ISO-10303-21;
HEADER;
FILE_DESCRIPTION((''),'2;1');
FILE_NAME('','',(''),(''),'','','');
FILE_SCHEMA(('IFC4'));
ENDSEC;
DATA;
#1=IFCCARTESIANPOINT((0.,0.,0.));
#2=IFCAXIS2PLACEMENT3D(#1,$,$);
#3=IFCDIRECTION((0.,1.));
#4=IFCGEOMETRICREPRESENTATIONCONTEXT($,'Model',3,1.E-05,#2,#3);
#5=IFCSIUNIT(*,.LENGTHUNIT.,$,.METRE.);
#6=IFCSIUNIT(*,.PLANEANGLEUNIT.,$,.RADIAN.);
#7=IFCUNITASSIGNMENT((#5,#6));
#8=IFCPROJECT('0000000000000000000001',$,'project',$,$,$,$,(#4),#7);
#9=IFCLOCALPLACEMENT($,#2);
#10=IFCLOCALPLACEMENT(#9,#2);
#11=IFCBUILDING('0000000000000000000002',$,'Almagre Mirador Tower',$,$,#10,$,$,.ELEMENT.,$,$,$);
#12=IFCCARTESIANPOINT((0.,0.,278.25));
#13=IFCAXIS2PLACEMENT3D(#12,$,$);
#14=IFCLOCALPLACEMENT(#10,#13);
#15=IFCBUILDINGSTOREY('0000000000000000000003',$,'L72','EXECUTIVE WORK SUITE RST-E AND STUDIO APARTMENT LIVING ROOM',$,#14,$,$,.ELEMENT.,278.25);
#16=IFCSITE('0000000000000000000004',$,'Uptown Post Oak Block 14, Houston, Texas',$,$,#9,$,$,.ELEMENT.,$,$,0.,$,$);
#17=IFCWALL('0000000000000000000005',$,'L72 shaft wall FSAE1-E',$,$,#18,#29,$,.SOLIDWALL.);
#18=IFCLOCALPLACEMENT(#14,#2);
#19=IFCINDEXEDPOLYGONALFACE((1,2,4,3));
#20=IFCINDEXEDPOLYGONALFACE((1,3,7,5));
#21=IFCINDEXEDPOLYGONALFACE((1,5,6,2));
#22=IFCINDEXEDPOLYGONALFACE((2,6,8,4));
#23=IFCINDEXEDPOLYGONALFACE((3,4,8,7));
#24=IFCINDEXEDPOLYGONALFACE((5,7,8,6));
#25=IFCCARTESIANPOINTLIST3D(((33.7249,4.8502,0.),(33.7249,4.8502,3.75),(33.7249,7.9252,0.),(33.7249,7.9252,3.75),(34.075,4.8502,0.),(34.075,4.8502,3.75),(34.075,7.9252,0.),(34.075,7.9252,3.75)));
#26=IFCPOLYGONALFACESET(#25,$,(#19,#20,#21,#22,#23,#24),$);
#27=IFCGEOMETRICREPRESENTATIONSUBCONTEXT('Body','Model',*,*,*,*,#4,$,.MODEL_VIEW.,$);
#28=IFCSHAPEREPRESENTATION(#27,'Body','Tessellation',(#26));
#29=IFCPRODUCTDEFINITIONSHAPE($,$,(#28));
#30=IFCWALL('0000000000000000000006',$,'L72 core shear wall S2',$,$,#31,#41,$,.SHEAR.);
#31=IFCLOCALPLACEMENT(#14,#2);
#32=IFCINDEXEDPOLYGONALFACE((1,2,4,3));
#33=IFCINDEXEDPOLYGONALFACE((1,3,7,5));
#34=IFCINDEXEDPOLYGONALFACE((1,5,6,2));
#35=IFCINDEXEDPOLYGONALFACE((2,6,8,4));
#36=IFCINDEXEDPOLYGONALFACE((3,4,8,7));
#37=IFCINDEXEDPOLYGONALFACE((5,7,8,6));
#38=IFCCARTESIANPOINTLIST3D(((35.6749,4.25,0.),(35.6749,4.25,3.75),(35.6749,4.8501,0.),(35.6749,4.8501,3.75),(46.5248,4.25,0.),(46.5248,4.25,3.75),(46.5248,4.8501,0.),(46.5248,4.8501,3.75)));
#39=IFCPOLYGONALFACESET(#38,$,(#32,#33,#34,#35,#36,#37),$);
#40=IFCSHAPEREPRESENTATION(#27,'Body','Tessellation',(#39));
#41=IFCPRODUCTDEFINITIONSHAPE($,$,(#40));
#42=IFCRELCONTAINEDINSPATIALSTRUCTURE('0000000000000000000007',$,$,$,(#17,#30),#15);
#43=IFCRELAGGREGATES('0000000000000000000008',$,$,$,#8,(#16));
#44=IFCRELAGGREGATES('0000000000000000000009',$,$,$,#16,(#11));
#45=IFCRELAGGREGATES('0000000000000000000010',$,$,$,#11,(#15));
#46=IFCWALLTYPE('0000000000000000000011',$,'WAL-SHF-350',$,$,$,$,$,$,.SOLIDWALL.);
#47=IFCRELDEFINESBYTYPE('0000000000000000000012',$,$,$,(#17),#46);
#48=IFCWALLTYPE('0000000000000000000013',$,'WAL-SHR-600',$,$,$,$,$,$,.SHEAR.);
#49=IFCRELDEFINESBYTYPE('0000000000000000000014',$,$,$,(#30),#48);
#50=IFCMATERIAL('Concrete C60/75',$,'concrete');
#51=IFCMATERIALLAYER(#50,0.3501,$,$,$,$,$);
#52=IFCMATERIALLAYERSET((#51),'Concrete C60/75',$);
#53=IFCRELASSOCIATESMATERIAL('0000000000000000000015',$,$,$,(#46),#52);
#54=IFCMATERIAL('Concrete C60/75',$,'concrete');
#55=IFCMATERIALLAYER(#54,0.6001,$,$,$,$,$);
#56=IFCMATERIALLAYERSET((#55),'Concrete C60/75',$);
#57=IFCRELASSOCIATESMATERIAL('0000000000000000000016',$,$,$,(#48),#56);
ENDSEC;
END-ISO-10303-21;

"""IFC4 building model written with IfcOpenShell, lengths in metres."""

from ifc_helpers import new_model, si_unit, direction, frame, frame_2d, origin, place, context, subcontext, project, spatial, rectangle, extrude, material, layer, layer_set, type_object, element, save


model = new_model("IFC4")

# Units and contexts
model_context = context("Model", 3, precision=1e-05, world=origin(), true_north=direction((0.0, 1.0)))
body_context = subcontext(model_context, "Body", "Model", "MODEL_VIEW")
ifc_project = project(units=[si_unit("LENGTHUNIT", "METRE"), si_unit("PLANEANGLEUNIT", "RADIAN")], contexts=[model_context])

# Site, building, storey
site_placement = place(None, origin())
site = spatial("IfcSite", under=ifc_project, at=site_placement, Name="Uptown Post Oak Block 14, Houston, Texas", CompositionType="ELEMENT", RefElevation=0.0)
building_placement = place(site_placement, origin())
building = spatial("IfcBuilding", under=site, at=building_placement, Name="Almagre Mirador Tower", CompositionType="ELEMENT")
storey_placement = place(building_placement, frame((0.0, 0.0, 278.25)))
storey = spatial("IfcBuildingStorey", under=building, at=storey_placement, Name="L72", Description="EXECUTIVE WORK SUITE RST-E AND STUDIO APARTMENT LIVING ROOM", CompositionType="ELEMENT", Elevation=278.25)

# Shared definitions
ifc_material_1 = material(Name="Concrete C60/75", Category="concrete")
ifc_layer_1 = layer(ifc_material_1, 0.3501)
ifc_layer_set_1 = layer_set([ifc_layer_1], Name="Concrete C60/75")
wall_type_1 = type_object("IfcWallType", Name="WAL-SHF-350", PredefinedType="SOLIDWALL", material=ifc_layer_set_1)

# Walls
wall_1_placement = place(storey_placement, frame((33.8999, 4.8501, 0.0), z_axis=(0.0, 0.0, 1.0), x_axis=(0.0, 1.0, 0.0)))
element("IfcWall", 1, at=wall_1_placement, inside=storey, type_object=wall_type_1, Name="L72 shaft wall FSAE1-E", PredefinedType="SOLIDWALL", context=body_context, shape_type="SweptSolid", body=[
    extrude(rectangle(XDim=3.075, YDim=0.3501, at=frame_2d((1.5376, 0.0))), origin(), (0.0, 0.0, 1.0), 3.75),
])
ifc_material_2 = material(Name="Concrete C60/75", Category="concrete")
ifc_layer_2 = layer(ifc_material_2, 0.6001)
ifc_layer_set_2 = layer_set([ifc_layer_2], Name="Concrete C60/75")
wall_type_2 = type_object("IfcWallType", Name="WAL-SHR-600", PredefinedType="SHEAR", material=ifc_layer_set_2)
wall_2_placement = place(storey_placement, frame((35.675, 4.55, 0.0), z_axis=(0.0, 0.0, 1.0), x_axis=(1.0, 0.0, 0.0)))
element("IfcWall", 2, at=wall_2_placement, inside=storey, type_object=wall_type_2, Name="L72 core shear wall S2", PredefinedType="SHEAR", context=body_context, shape_type="SweptSolid", body=[
    extrude(rectangle(XDim=10.8499, YDim=0.6001, at=frame_2d((5.4248, 0.0))), origin(), (0.0, 0.0, 1.0), 3.75),
])

save(model, "model.ifc")
